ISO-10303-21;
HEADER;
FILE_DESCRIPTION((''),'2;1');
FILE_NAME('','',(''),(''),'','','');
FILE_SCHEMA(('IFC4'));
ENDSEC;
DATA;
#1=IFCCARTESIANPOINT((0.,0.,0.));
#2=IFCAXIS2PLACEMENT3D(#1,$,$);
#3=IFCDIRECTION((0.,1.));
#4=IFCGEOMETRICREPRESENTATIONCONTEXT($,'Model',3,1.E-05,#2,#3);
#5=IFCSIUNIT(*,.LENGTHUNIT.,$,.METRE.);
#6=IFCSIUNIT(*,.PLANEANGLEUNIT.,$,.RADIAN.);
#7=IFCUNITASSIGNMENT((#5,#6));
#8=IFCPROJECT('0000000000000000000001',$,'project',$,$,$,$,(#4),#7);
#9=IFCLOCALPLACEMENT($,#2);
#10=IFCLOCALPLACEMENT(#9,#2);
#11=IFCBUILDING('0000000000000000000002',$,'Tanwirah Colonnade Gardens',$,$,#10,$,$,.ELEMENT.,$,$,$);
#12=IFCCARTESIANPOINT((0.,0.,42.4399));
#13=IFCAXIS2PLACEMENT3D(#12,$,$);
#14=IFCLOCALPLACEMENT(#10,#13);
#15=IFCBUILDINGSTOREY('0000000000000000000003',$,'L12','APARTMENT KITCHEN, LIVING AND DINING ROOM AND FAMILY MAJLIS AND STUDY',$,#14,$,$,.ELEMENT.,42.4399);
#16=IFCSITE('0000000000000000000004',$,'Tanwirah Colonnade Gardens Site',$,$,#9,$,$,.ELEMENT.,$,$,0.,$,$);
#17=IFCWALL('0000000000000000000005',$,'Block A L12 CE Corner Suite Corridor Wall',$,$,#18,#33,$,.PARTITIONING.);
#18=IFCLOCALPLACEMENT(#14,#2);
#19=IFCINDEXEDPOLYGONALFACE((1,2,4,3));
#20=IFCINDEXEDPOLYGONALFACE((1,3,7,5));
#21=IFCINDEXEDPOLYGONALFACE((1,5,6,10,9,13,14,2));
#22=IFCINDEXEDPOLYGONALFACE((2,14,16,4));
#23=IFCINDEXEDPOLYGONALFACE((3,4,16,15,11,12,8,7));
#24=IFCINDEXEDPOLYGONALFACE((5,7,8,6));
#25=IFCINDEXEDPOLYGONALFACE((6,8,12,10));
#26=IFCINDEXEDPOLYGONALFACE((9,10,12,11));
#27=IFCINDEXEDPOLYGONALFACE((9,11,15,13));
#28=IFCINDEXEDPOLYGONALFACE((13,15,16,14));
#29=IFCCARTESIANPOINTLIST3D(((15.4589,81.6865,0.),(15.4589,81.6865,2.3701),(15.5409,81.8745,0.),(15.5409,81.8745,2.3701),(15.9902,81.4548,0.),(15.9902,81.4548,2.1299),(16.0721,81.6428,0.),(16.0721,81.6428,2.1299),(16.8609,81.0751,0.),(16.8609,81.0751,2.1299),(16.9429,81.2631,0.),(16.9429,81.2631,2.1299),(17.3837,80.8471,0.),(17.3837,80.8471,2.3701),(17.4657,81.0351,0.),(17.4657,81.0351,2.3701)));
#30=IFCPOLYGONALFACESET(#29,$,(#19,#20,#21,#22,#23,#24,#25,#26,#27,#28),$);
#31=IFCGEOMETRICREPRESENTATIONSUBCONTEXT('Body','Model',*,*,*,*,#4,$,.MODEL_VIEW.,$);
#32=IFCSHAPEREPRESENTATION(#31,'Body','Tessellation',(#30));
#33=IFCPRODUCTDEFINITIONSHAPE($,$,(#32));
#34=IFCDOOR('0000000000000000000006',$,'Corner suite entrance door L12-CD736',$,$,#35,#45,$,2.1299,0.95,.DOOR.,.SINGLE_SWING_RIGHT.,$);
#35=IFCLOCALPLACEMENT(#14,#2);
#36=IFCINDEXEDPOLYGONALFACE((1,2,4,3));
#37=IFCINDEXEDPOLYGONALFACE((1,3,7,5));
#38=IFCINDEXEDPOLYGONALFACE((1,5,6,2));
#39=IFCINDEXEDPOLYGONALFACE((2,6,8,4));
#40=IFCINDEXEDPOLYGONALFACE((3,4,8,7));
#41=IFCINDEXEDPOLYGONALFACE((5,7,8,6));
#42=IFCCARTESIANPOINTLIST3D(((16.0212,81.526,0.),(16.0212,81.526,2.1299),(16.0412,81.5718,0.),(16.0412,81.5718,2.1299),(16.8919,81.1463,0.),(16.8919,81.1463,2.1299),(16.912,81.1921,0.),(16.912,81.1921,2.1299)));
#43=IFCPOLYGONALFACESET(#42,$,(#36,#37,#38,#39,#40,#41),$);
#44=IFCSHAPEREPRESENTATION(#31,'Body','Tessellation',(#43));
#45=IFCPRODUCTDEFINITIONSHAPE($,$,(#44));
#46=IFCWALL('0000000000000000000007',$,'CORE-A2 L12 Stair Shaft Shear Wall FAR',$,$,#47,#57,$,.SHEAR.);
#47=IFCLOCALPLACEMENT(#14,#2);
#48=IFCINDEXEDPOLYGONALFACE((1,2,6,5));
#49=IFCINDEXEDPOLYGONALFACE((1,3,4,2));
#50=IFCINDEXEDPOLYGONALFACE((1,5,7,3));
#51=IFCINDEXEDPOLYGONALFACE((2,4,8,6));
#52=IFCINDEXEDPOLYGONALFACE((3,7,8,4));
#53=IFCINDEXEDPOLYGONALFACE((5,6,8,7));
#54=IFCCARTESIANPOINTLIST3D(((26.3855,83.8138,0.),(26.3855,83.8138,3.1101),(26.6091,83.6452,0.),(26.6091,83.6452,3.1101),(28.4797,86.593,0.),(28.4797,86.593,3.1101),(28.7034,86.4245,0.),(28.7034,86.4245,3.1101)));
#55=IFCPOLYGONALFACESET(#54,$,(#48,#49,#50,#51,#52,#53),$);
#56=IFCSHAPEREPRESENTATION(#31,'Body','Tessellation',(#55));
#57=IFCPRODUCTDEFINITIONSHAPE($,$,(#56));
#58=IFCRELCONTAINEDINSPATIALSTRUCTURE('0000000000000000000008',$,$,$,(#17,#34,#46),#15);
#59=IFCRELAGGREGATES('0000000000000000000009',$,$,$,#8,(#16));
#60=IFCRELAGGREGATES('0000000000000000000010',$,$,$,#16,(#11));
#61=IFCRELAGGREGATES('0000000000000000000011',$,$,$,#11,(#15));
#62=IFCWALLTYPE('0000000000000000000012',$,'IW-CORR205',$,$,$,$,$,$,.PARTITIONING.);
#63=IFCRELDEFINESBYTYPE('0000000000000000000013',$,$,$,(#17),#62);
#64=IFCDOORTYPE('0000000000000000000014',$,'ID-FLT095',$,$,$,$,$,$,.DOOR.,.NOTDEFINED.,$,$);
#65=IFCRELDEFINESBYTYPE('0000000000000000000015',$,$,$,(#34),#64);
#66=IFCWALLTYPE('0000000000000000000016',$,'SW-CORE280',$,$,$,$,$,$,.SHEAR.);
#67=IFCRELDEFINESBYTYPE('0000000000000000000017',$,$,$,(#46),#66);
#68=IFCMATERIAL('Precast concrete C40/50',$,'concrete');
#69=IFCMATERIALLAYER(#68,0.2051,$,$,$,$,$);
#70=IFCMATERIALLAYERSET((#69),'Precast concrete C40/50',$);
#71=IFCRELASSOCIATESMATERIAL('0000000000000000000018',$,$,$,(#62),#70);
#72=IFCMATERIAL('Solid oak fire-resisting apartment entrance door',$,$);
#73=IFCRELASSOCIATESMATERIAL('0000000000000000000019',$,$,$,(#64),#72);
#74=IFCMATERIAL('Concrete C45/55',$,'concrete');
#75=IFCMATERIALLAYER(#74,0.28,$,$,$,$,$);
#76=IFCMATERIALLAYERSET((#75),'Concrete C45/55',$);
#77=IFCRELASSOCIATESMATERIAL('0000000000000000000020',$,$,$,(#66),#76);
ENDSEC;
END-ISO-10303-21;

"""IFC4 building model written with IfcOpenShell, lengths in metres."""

from ifc_helpers import new_model, si_unit, direction, frame, frame_2d, origin, place, context, subcontext, project, spatial, rectangle, extrude, material, layer, layer_set, type_object, element, fill, save


model = new_model("IFC4")

# Units and contexts
model_context = context("Model", 3, precision=1e-05, world=origin(), true_north=direction((0.0, 1.0)))
body_context = subcontext(model_context, "Body", "Model", "MODEL_VIEW")
ifc_project = project(units=[si_unit("LENGTHUNIT", "METRE"), si_unit("PLANEANGLEUNIT", "RADIAN")], contexts=[model_context])

# Site, building, storey
site_placement = place(None, origin())
site = spatial("IfcSite", under=ifc_project, at=site_placement, Name="Tanwirah Colonnade Gardens Site", CompositionType="ELEMENT", RefElevation=0.0)
building_placement = place(site_placement, origin())
building = spatial("IfcBuilding", under=site, at=building_placement, Name="Tanwirah Colonnade Gardens", CompositionType="ELEMENT")
storey_placement = place(building_placement, frame((0.0, 0.0, 42.4399)))
storey = spatial("IfcBuildingStorey", under=building, at=storey_placement, Name="L12", Description="APARTMENT KITCHEN, LIVING AND DINING ROOM AND FAMILY MAJLIS AND STUDY", CompositionType="ELEMENT", Elevation=42.4399)

# Shared definitions
ifc_material_1 = material(Name="Precast concrete C40/50", Category="concrete")

# Wall, opening, door
ifc_layer_1 = layer(ifc_material_1, 0.2051)
ifc_layer_set_1 = layer_set([ifc_layer_1], Name="Precast concrete C40/50")
wall_type_1 = type_object("IfcWallType", Name="IW-CORR205", PredefinedType="PARTITIONING", material=ifc_layer_set_1)
ifc_material_2 = material(Name="Solid oak fire-resisting apartment entrance door")
wall_1_placement = place(storey_placement, frame((17.4246, 80.9412, 0.0), z_axis=(0.0, 0.0, 1.0), x_axis=(-0.916637, 0.399721, 0.0)))
wall_1 = element("IfcWall", 1, at=wall_1_placement, inside=storey, type_object=wall_type_1, Name="Block A L12 CE Corner Suite Corridor Wall", PredefinedType="PARTITIONING", context=body_context, shape_type="SweptSolid", body=[
    extrude(rectangle(XDim=2.0999, YDim=0.2051, at=frame_2d((1.0498, 0.0))), origin(), (0.0, 0.0, 1.0), 2.3701),
])
opening_1_placement = place(wall_1_placement, frame((0.5701, 0.0, 0.0)))
opening_1 = element("IfcOpeningElement", 2, at=opening_1_placement, cuts=wall_1, PredefinedType="OPENING", context=body_context, shape_type="SweptSolid", body=[
    extrude(rectangle(XDim=0.95, YDim=2.1299, at=frame_2d((0.4751, 1.0649))), frame((0.0, 0.1125, 0.0), z_axis=(0.0, -1.0, 0.0), x_axis=(1.0, 0.0, 0.0)), (0.0, 0.0, 1.0), 0.2251),
])
door_type_1 = type_object("IfcDoorType", Name="ID-FLT095", OperationType="NOTDEFINED", PredefinedType="DOOR", material=ifc_material_2)
door_1_placement = place(opening_1_placement, origin())
door_1 = element("IfcDoor", 3, at=door_1_placement, inside=storey, type_object=door_type_1, Name="Corner suite entrance door L12-CD736", OperationType="SINGLE_SWING_RIGHT", OverallHeight=2.1299, OverallWidth=0.95, PredefinedType="DOOR", context=body_context, shape_type="SweptSolid", body=[
    extrude(rectangle(XDim=0.95, YDim=2.1299, at=frame_2d((0.4751, 1.0649))), frame((0.0, 0.0249, 0.0), z_axis=(0.0, -1.0, 0.0), x_axis=(1.0, 0.0, 0.0)), (0.0, 0.0, 1.0), 0.05),
])
fill(opening_1, door_1)

# Wall
ifc_material_3 = material(Name="Concrete C45/55", Category="concrete")
ifc_layer_2 = layer(ifc_material_3, 0.28)
ifc_layer_set_2 = layer_set([ifc_layer_2], Name="Concrete C45/55")
wall_type_2 = type_object("IfcWallType", Name="SW-CORE280", PredefinedType="SHEAR", material=ifc_layer_set_2)
wall_2_placement = place(storey_placement, frame((26.4973, 83.7295, 0.0), z_axis=(0.0, 0.0, 1.0), x_axis=(0.601794, 0.798651, 0.0)))
element("IfcWall", 4, at=wall_2_placement, inside=storey, type_object=wall_type_2, Name="CORE-A2 L12 Stair Shaft Shear Wall FAR", PredefinedType="SHEAR", context=body_context, shape_type="SweptSolid", body=[
    extrude(rectangle(XDim=3.48, YDim=0.28, at=frame_2d((1.74, 0.0))), origin(), (0.0, 0.0, 1.0), 3.1101),
])

save(model, "model.ifc")
